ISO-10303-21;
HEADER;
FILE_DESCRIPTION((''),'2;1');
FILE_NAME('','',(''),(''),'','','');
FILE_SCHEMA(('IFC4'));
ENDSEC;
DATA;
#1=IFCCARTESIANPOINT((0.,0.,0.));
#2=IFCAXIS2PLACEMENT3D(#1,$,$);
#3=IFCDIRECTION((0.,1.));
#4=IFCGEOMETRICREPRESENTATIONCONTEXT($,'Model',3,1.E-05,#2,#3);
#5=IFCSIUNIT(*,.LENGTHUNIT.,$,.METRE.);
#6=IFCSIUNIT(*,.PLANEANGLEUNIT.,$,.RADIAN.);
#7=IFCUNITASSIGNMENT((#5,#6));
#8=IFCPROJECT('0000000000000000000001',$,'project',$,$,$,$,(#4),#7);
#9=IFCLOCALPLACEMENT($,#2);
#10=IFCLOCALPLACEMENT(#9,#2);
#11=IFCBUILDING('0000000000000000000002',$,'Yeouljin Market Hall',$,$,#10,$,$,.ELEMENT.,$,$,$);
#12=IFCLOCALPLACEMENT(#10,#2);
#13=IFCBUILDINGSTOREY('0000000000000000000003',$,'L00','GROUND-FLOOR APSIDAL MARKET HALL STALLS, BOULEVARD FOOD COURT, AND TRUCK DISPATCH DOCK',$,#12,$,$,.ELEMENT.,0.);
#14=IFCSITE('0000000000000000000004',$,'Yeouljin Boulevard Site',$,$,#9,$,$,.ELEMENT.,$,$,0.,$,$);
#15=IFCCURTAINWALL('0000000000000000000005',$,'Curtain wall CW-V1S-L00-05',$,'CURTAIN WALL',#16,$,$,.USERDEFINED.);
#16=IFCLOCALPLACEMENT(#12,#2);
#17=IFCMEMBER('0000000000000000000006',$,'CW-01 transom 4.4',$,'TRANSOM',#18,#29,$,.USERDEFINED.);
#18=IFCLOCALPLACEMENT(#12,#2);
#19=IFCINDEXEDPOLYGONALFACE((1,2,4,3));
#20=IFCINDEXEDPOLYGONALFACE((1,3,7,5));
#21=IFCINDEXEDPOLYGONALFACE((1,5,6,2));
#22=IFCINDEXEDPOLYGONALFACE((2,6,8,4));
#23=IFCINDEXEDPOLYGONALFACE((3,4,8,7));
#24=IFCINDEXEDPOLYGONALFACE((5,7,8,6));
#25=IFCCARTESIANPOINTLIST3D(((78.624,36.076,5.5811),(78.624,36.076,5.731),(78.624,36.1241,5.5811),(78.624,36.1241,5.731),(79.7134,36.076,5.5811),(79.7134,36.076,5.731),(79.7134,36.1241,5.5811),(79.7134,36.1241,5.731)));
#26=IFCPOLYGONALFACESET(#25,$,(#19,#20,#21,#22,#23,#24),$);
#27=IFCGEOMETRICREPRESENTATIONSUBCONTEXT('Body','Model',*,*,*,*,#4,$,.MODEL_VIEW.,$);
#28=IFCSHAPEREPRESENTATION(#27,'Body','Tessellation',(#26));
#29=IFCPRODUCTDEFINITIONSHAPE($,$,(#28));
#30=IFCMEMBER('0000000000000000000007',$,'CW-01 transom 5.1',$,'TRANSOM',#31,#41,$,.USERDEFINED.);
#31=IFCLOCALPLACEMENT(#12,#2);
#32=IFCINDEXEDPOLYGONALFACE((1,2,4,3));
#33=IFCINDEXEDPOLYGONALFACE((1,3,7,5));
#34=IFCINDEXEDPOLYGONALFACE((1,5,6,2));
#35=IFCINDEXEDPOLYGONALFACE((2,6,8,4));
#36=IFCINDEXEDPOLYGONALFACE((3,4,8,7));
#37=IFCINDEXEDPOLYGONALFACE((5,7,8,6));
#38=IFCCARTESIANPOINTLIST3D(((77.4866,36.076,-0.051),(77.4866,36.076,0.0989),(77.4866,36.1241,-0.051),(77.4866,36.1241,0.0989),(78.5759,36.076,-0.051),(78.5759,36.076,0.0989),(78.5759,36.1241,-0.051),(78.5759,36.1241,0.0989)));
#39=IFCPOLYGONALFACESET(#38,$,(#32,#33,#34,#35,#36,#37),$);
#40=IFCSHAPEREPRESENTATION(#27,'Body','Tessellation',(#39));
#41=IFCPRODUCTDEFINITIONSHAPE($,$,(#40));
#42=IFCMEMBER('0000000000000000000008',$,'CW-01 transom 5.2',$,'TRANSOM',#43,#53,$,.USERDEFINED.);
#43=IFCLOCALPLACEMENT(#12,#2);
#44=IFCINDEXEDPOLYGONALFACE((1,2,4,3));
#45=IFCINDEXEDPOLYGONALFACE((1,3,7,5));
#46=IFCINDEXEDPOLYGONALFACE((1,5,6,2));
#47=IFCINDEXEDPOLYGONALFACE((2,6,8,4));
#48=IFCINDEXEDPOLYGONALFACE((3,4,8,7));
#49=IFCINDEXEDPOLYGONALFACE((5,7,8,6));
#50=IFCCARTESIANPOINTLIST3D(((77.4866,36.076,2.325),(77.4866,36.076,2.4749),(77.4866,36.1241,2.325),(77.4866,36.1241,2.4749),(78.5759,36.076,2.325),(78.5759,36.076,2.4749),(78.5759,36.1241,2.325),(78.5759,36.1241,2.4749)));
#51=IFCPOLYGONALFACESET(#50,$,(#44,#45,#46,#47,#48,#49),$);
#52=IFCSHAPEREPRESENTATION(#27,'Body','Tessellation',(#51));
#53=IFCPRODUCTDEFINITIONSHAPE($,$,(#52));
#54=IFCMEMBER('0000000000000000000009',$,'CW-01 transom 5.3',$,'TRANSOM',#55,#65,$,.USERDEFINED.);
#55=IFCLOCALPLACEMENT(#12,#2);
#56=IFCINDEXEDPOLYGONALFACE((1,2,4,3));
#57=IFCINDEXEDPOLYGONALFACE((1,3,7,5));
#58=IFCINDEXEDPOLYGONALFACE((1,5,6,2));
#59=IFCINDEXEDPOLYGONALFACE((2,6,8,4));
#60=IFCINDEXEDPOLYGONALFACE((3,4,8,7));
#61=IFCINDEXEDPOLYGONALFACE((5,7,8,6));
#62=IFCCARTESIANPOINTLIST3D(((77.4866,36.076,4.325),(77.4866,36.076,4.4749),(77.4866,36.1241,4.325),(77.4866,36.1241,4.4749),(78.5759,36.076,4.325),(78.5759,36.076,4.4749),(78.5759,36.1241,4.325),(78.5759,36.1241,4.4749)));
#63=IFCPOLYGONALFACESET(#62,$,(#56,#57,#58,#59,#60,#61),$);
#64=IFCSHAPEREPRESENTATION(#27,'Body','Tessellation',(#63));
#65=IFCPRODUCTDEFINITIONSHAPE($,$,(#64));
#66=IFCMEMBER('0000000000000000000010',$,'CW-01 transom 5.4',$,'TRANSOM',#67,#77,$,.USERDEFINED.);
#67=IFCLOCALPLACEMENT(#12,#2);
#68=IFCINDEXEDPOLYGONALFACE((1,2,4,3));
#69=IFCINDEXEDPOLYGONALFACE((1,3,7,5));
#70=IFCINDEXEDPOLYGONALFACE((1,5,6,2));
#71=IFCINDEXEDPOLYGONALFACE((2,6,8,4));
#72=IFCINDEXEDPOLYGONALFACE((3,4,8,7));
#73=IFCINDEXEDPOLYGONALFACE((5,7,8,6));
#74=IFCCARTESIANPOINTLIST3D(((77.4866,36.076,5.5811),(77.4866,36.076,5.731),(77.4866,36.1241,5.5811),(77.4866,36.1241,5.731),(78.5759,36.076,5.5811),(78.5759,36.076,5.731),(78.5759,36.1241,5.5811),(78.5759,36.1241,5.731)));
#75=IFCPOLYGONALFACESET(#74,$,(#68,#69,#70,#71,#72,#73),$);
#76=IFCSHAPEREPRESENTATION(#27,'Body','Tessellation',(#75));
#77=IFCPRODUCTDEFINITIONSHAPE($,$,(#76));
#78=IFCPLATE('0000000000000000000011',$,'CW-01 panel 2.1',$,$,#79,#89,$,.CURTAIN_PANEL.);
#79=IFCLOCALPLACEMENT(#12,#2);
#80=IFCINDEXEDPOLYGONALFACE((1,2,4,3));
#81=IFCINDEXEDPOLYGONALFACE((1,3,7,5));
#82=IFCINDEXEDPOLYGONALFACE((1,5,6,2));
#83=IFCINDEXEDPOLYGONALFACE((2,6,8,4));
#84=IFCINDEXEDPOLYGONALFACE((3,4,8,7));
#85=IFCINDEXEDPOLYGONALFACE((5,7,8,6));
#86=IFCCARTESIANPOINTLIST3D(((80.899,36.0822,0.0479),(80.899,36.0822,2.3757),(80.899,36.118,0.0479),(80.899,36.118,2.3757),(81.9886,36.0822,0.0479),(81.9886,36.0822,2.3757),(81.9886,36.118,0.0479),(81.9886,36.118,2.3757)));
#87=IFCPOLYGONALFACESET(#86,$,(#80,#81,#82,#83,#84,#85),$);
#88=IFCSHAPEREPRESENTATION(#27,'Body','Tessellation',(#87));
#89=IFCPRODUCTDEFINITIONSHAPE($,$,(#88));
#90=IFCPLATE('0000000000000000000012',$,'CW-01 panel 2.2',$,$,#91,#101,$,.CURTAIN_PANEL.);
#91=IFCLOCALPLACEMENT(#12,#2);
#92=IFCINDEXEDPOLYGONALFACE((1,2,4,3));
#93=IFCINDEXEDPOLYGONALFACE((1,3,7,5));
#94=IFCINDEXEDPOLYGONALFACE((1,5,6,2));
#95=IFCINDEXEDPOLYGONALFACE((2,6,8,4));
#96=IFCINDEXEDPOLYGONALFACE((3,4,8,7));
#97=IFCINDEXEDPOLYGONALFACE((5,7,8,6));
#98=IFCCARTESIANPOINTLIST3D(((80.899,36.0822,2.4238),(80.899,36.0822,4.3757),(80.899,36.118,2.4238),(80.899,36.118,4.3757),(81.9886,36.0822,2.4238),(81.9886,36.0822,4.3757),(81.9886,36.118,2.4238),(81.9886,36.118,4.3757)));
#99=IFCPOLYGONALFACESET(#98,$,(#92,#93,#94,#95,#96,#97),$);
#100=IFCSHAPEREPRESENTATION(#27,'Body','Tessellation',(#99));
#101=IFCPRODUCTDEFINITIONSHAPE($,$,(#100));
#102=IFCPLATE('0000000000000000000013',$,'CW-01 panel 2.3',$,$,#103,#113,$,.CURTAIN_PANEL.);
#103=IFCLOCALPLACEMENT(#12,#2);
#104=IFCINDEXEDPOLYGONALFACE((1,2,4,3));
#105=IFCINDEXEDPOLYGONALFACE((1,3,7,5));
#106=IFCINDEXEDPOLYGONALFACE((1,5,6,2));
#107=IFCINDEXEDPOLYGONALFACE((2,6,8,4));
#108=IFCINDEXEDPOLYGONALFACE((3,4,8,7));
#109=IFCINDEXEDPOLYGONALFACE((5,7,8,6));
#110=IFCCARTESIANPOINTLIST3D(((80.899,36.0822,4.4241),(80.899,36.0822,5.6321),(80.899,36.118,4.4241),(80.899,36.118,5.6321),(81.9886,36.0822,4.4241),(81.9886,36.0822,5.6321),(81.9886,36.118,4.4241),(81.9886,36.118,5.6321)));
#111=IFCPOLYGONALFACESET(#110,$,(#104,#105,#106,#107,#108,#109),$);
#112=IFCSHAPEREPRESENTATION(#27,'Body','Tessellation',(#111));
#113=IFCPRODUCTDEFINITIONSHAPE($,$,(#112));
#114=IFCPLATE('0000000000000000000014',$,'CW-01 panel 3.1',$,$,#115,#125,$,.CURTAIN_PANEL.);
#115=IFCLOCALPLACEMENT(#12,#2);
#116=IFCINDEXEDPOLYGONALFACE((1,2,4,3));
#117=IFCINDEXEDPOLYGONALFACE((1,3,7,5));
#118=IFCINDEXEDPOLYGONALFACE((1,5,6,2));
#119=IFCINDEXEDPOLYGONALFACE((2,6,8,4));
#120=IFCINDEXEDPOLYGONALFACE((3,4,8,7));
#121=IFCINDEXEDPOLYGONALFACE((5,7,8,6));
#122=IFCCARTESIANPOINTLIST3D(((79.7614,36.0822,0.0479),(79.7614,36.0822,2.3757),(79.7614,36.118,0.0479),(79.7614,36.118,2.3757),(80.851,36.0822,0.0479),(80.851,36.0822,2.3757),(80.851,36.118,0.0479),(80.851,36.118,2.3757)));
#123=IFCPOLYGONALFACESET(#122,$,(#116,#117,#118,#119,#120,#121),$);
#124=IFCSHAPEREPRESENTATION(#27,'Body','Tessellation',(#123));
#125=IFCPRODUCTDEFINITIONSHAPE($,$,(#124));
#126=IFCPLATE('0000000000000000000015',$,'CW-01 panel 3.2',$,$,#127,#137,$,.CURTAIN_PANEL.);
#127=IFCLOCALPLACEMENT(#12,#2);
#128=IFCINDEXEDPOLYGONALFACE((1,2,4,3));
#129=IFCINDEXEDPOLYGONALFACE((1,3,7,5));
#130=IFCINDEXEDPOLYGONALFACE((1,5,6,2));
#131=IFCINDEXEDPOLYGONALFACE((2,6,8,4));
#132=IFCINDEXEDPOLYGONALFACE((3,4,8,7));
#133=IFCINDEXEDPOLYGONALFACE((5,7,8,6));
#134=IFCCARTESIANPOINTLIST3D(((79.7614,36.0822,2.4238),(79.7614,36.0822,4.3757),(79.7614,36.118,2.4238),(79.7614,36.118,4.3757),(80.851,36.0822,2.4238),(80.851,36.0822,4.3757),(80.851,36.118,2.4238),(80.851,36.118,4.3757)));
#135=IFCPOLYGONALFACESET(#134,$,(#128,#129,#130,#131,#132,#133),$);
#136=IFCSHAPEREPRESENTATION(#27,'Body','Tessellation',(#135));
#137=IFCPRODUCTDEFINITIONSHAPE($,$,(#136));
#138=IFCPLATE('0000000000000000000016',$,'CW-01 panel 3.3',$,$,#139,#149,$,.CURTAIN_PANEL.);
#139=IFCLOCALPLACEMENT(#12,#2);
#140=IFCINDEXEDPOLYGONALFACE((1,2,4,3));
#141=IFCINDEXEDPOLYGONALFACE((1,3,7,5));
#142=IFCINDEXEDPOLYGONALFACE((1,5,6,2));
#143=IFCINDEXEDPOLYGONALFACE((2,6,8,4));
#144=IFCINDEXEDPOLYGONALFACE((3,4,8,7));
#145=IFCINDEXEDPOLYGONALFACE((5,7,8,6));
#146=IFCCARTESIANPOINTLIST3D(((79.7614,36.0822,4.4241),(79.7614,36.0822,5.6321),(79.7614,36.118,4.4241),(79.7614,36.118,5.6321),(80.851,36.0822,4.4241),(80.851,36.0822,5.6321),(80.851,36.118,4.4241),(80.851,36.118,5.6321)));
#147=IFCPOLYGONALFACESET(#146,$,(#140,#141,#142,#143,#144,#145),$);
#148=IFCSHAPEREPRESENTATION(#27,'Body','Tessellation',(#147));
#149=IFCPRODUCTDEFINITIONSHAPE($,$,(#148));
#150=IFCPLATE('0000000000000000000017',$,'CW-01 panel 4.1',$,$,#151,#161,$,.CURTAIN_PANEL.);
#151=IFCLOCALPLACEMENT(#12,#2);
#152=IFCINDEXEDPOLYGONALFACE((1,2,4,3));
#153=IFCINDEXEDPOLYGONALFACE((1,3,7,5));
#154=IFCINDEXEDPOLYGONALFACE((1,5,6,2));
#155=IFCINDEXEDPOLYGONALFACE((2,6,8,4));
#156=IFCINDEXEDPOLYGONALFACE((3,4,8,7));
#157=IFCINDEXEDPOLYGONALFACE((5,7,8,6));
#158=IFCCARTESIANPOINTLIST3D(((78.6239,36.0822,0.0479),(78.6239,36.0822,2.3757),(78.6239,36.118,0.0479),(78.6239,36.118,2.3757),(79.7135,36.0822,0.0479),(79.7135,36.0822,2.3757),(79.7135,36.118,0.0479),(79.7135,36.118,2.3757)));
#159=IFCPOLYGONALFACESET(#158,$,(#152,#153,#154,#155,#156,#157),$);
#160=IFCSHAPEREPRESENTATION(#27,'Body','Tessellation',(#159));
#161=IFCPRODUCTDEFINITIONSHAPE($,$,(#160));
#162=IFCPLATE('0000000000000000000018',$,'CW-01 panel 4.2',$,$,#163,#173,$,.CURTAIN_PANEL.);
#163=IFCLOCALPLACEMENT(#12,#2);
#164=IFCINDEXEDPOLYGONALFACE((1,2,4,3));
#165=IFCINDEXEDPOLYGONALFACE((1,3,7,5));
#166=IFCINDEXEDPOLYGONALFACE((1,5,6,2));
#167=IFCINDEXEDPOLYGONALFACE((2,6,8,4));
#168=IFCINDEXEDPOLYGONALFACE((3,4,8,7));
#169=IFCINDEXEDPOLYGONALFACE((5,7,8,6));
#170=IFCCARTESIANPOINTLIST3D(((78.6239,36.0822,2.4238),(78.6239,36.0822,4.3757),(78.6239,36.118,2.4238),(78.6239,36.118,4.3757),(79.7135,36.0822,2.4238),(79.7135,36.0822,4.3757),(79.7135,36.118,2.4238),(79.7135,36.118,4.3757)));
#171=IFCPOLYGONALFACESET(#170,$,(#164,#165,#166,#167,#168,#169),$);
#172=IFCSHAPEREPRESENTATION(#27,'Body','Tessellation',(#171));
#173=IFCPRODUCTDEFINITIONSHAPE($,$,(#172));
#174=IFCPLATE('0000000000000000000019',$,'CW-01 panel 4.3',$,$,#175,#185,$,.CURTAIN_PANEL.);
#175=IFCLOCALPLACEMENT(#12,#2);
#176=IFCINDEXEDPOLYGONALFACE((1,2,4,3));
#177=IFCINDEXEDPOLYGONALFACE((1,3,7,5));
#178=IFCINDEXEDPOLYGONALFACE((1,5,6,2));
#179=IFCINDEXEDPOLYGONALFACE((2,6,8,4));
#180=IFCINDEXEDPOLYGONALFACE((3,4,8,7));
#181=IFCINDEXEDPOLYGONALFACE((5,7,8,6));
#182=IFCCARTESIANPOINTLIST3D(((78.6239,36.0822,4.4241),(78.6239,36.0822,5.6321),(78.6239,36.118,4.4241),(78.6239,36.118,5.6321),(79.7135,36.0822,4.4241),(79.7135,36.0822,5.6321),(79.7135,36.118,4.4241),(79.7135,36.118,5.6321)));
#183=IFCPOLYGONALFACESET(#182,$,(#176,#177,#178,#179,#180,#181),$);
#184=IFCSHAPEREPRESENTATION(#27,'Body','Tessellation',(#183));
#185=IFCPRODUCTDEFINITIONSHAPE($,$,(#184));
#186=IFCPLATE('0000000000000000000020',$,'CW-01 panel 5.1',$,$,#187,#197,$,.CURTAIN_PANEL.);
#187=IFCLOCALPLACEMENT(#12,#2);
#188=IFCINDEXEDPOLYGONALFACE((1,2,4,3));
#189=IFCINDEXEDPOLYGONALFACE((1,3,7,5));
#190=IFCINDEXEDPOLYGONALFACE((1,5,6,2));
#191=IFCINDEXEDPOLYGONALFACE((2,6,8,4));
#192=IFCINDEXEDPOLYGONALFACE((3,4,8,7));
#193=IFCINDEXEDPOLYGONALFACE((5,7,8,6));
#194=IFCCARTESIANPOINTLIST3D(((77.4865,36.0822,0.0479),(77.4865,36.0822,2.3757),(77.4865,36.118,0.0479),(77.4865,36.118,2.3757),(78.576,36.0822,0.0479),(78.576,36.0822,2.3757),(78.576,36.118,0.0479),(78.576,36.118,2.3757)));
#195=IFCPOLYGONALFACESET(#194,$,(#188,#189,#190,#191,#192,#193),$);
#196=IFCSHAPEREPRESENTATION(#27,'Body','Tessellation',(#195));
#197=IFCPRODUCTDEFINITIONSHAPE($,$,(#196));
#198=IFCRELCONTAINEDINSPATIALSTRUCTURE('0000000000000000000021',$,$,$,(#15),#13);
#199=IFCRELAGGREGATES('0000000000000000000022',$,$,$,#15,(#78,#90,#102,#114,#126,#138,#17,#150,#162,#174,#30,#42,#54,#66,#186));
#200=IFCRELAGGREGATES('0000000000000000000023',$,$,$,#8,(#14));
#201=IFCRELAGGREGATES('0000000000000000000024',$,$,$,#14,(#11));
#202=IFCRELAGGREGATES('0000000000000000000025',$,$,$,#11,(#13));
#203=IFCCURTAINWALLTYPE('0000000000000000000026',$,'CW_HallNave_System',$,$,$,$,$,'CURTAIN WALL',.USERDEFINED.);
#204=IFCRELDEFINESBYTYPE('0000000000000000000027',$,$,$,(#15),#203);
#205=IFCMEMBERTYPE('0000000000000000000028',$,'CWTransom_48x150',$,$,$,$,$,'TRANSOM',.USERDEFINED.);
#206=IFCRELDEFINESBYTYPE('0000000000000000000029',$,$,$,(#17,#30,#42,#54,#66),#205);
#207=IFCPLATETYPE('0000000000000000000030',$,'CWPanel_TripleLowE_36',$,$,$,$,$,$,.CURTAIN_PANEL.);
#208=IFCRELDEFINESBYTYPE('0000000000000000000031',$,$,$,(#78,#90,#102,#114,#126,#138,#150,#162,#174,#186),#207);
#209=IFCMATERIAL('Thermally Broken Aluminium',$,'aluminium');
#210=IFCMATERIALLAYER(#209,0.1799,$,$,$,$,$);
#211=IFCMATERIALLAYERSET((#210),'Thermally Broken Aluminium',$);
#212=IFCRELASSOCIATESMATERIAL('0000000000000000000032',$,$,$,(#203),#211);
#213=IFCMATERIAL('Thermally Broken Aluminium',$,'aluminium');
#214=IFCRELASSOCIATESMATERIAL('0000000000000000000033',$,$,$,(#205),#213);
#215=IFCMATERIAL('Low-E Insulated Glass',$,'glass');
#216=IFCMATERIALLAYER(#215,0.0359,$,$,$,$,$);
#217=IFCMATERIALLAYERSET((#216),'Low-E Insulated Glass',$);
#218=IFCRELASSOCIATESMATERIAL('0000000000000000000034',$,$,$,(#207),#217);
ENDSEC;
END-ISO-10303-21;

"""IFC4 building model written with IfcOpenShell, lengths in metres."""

from ifc_helpers import new_model, si_unit, direction, frame, origin, origin_2d, place, context, subcontext, project, spatial, rectangle, extrude, material, layer, layer_set, material_profile, profile_set, type_object, element, aggregate, save


model = new_model("IFC4")

# Units and contexts
model_context = context("Model", 3, precision=1e-05, world=origin(), true_north=direction((0.0, 1.0)))
body_context = subcontext(model_context, "Body", "Model", "MODEL_VIEW")
ifc_project = project(units=[si_unit("LENGTHUNIT", "METRE"), si_unit("PLANEANGLEUNIT", "RADIAN")], contexts=[model_context])

# Site, building, storey
site_placement = place(None, origin())
site = spatial("IfcSite", under=ifc_project, at=site_placement, Name="Yeouljin Boulevard Site", CompositionType="ELEMENT", RefElevation=0.0)
building_placement = place(site_placement, origin())
building = spatial("IfcBuilding", under=site, at=building_placement, Name="Yeouljin Market Hall", CompositionType="ELEMENT")
storey_placement = place(building_placement, origin())
storey = spatial("IfcBuildingStorey", under=building, at=storey_placement, Name="L00", Description="GROUND-FLOOR APSIDAL MARKET HALL STALLS, BOULEVARD FOOD COURT, AND TRUCK DISPATCH DOCK", CompositionType="ELEMENT", Elevation=0.0)

# Curtain wall, members, plates
ifc_material_1 = material(Name="Thermally Broken Aluminium", Category="aluminium")
ifc_layer_1 = layer(ifc_material_1, 0.1799)
ifc_layer_set_1 = layer_set([ifc_layer_1], Name="Thermally Broken Aluminium")
curtain_wall_type = type_object("IfcCurtainWallType", Name="CW_HallNave_System", ElementType="CURTAIN WALL", PredefinedType="USERDEFINED", material=ifc_layer_set_1)
curtain_wall_placement = place(storey_placement, origin())
curtain_wall = element("IfcCurtainWall", 1, at=curtain_wall_placement, inside=storey, type_object=curtain_wall_type, Name="Curtain wall CW-V1S-L00-05", ObjectType="CURTAIN WALL", PredefinedType="USERDEFINED")
ifc_material_2 = material(Name="Thermally Broken Aluminium", Category="aluminium")
ifc_material_profile_1 = material_profile(ifc_material_2, rectangle(XDim=0.0481, YDim=0.1499, at=origin_2d()), Name="CW-TRAN-48x150")
ifc_profile_set_1 = profile_set([ifc_material_profile_1], Name="Thermally Broken Aluminium")
member_type_1 = type_object("IfcMemberType", Name="CWTransom_48x150", ElementType="TRANSOM", PredefinedType="USERDEFINED", material=ifc_profile_set_1)
member_1_placement = place(storey_placement, frame((79.7134, 36.1001, 5.656), z_axis=(-1.0, 0.0, 0.0), x_axis=(0.0, -1.0, 0.0)))
member_1 = element("IfcMember", 2, at=member_1_placement, type_object=member_type_1, Name="CW-01 transom 4.4", ObjectType="TRANSOM", PredefinedType="USERDEFINED", context=body_context, shape_type="SweptSolid", body=[
    extrude(rectangle(XDim=0.0481, YDim=0.1499, at=origin_2d()), origin(), (0.0, 0.0, 1.0), 1.0894),
])
member_2_placement = place(storey_placement, frame((78.5759, 36.1001, 0.0239), z_axis=(-1.0, 0.0, 0.0), x_axis=(0.0, -1.0, 0.0)))
member_2 = element("IfcMember", 3, at=member_2_placement, type_object=member_type_1, Name="CW-01 transom 5.1", ObjectType="TRANSOM", PredefinedType="USERDEFINED", context=body_context, shape_type="SweptSolid", body=[
    extrude(rectangle(XDim=0.0481, YDim=0.1499, at=origin_2d()), origin(), (0.0, 0.0, 1.0), 1.0894),
])
member_3_placement = place(storey_placement, frame((78.5759, 36.1001, 2.3999), z_axis=(-1.0, 0.0, 0.0), x_axis=(0.0, -1.0, 0.0)))
member_3 = element("IfcMember", 4, at=member_3_placement, type_object=member_type_1, Name="CW-01 transom 5.2", ObjectType="TRANSOM", PredefinedType="USERDEFINED", context=body_context, shape_type="SweptSolid", body=[
    extrude(rectangle(XDim=0.0481, YDim=0.1499, at=origin_2d()), origin(), (0.0, 0.0, 1.0), 1.0894),
])
member_4_placement = place(storey_placement, frame((78.5759, 36.1001, 4.3999), z_axis=(-1.0, 0.0, 0.0), x_axis=(0.0, -1.0, 0.0)))
member_4 = element("IfcMember", 5, at=member_4_placement, type_object=member_type_1, Name="CW-01 transom 5.3", ObjectType="TRANSOM", PredefinedType="USERDEFINED", context=body_context, shape_type="SweptSolid", body=[
    extrude(rectangle(XDim=0.0481, YDim=0.1499, at=origin_2d()), origin(), (0.0, 0.0, 1.0), 1.0894),
])
member_5_placement = place(storey_placement, frame((78.5759, 36.1001, 5.656), z_axis=(-1.0, 0.0, 0.0), x_axis=(0.0, -1.0, 0.0)))
member_5 = element("IfcMember", 6, at=member_5_placement, type_object=member_type_1, Name="CW-01 transom 5.4", ObjectType="TRANSOM", PredefinedType="USERDEFINED", context=body_context, shape_type="SweptSolid", body=[
    extrude(rectangle(XDim=0.0481, YDim=0.1499, at=origin_2d()), origin(), (0.0, 0.0, 1.0), 1.0894),
])
ifc_material_3 = material(Name="Low-E Insulated Glass", Category="glass")
ifc_layer_2 = layer(ifc_material_3, 0.0359)
ifc_layer_set_2 = layer_set([ifc_layer_2], Name="Low-E Insulated Glass")
plate_type = type_object("IfcPlateType", Name="CWPanel_TripleLowE_36", PredefinedType="CURTAIN_PANEL", material=ifc_layer_set_2)
plate_1_placement = place(storey_placement, frame((81.4438, 36.1001, 0.0479), z_axis=(0.0, 0.0, 1.0), x_axis=(-1.0, 0.0, 0.0)))
plate_1 = element("IfcPlate", 7, at=plate_1_placement, type_object=plate_type, Name="CW-01 panel 2.1", PredefinedType="CURTAIN_PANEL", context=body_context, shape_type="SweptSolid", body=[
    extrude(rectangle(XDim=1.0896, YDim=0.0359, at=origin_2d()), origin(), (0.0, 0.0, 1.0), 2.3279),
])
plate_2_placement = place(storey_placement, frame((81.4438, 36.1001, 2.4238), z_axis=(0.0, 0.0, 1.0), x_axis=(-1.0, 0.0, 0.0)))
plate_2 = element("IfcPlate", 8, at=plate_2_placement, type_object=plate_type, Name="CW-01 panel 2.2", PredefinedType="CURTAIN_PANEL", context=body_context, shape_type="SweptSolid", body=[
    extrude(rectangle(XDim=1.0896, YDim=0.0359, at=origin_2d()), origin(), (0.0, 0.0, 1.0), 1.9519),
])
plate_3_placement = place(storey_placement, frame((81.4438, 36.1001, 4.4241), z_axis=(0.0, 0.0, 1.0), x_axis=(-1.0, 0.0, 0.0)))
plate_3 = element("IfcPlate", 9, at=plate_3_placement, type_object=plate_type, Name="CW-01 panel 2.3", PredefinedType="CURTAIN_PANEL", context=body_context, shape_type="SweptSolid", body=[
    extrude(rectangle(XDim=1.0896, YDim=0.0359, at=origin_2d()), origin(), (0.0, 0.0, 1.0), 1.208),
])
plate_4_placement = place(storey_placement, frame((80.3062, 36.1001, 0.0479), z_axis=(0.0, 0.0, 1.0), x_axis=(-1.0, 0.0, 0.0)))
plate_4 = element("IfcPlate", 10, at=plate_4_placement, type_object=plate_type, Name="CW-01 panel 3.1", PredefinedType="CURTAIN_PANEL", context=body_context, shape_type="SweptSolid", body=[
    extrude(rectangle(XDim=1.0896, YDim=0.0359, at=origin_2d()), origin(), (0.0, 0.0, 1.0), 2.3279),
])
plate_5_placement = place(storey_placement, frame((80.3062, 36.1001, 2.4238), z_axis=(0.0, 0.0, 1.0), x_axis=(-1.0, 0.0, 0.0)))
plate_5 = element("IfcPlate", 11, at=plate_5_placement, type_object=plate_type, Name="CW-01 panel 3.2", PredefinedType="CURTAIN_PANEL", context=body_context, shape_type="SweptSolid", body=[
    extrude(rectangle(XDim=1.0896, YDim=0.0359, at=origin_2d()), origin(), (0.0, 0.0, 1.0), 1.9519),
])
plate_6_placement = place(storey_placement, frame((80.3062, 36.1001, 4.4241), z_axis=(0.0, 0.0, 1.0), x_axis=(-1.0, 0.0, 0.0)))
plate_6 = element("IfcPlate", 12, at=plate_6_placement, type_object=plate_type, Name="CW-01 panel 3.3", PredefinedType="CURTAIN_PANEL", context=body_context, shape_type="SweptSolid", body=[
    extrude(rectangle(XDim=1.0896, YDim=0.0359, at=origin_2d()), origin(), (0.0, 0.0, 1.0), 1.208),
])
plate_7_placement = place(storey_placement, frame((79.1687, 36.1001, 0.0479), z_axis=(0.0, 0.0, 1.0), x_axis=(-1.0, 0.0, 0.0)))
plate_7 = element("IfcPlate", 13, at=plate_7_placement, type_object=plate_type, Name="CW-01 panel 4.1", PredefinedType="CURTAIN_PANEL", context=body_context, shape_type="SweptSolid", body=[
    extrude(rectangle(XDim=1.0896, YDim=0.0359, at=origin_2d()), origin(), (0.0, 0.0, 1.0), 2.3279),
])
plate_8_placement = place(storey_placement, frame((79.1687, 36.1001, 2.4238), z_axis=(0.0, 0.0, 1.0), x_axis=(-1.0, 0.0, 0.0)))
plate_8 = element("IfcPlate", 14, at=plate_8_placement, type_object=plate_type, Name="CW-01 panel 4.2", PredefinedType="CURTAIN_PANEL", context=body_context, shape_type="SweptSolid", body=[
    extrude(rectangle(XDim=1.0896, YDim=0.0359, at=origin_2d()), origin(), (0.0, 0.0, 1.0), 1.9519),
])
plate_9_placement = place(storey_placement, frame((79.1687, 36.1001, 4.4241), z_axis=(0.0, 0.0, 1.0), x_axis=(-1.0, 0.0, 0.0)))
plate_9 = element("IfcPlate", 15, at=plate_9_placement, type_object=plate_type, Name="CW-01 panel 4.3", PredefinedType="CURTAIN_PANEL", context=body_context, shape_type="SweptSolid", body=[
    extrude(rectangle(XDim=1.0896, YDim=0.0359, at=origin_2d()), origin(), (0.0, 0.0, 1.0), 1.208),
])
plate_10_placement = place(storey_placement, frame((78.0312, 36.1001, 0.0479), z_axis=(0.0, 0.0, 1.0), x_axis=(-1.0, 0.0, 0.0)))
plate_10 = element("IfcPlate", 16, at=plate_10_placement, type_object=plate_type, Name="CW-01 panel 5.1", PredefinedType="CURTAIN_PANEL", context=body_context, shape_type="SweptSolid", body=[
    extrude(rectangle(XDim=1.0896, YDim=0.0359, at=origin_2d()), origin(), (0.0, 0.0, 1.0), 2.3279),
])
aggregate(curtain_wall, [plate_1, plate_2, plate_3, plate_4, plate_5, plate_6, member_1, plate_7, plate_8, plate_9, member_2, member_3, member_4, member_5, plate_10])

save(model, "model.ifc")
